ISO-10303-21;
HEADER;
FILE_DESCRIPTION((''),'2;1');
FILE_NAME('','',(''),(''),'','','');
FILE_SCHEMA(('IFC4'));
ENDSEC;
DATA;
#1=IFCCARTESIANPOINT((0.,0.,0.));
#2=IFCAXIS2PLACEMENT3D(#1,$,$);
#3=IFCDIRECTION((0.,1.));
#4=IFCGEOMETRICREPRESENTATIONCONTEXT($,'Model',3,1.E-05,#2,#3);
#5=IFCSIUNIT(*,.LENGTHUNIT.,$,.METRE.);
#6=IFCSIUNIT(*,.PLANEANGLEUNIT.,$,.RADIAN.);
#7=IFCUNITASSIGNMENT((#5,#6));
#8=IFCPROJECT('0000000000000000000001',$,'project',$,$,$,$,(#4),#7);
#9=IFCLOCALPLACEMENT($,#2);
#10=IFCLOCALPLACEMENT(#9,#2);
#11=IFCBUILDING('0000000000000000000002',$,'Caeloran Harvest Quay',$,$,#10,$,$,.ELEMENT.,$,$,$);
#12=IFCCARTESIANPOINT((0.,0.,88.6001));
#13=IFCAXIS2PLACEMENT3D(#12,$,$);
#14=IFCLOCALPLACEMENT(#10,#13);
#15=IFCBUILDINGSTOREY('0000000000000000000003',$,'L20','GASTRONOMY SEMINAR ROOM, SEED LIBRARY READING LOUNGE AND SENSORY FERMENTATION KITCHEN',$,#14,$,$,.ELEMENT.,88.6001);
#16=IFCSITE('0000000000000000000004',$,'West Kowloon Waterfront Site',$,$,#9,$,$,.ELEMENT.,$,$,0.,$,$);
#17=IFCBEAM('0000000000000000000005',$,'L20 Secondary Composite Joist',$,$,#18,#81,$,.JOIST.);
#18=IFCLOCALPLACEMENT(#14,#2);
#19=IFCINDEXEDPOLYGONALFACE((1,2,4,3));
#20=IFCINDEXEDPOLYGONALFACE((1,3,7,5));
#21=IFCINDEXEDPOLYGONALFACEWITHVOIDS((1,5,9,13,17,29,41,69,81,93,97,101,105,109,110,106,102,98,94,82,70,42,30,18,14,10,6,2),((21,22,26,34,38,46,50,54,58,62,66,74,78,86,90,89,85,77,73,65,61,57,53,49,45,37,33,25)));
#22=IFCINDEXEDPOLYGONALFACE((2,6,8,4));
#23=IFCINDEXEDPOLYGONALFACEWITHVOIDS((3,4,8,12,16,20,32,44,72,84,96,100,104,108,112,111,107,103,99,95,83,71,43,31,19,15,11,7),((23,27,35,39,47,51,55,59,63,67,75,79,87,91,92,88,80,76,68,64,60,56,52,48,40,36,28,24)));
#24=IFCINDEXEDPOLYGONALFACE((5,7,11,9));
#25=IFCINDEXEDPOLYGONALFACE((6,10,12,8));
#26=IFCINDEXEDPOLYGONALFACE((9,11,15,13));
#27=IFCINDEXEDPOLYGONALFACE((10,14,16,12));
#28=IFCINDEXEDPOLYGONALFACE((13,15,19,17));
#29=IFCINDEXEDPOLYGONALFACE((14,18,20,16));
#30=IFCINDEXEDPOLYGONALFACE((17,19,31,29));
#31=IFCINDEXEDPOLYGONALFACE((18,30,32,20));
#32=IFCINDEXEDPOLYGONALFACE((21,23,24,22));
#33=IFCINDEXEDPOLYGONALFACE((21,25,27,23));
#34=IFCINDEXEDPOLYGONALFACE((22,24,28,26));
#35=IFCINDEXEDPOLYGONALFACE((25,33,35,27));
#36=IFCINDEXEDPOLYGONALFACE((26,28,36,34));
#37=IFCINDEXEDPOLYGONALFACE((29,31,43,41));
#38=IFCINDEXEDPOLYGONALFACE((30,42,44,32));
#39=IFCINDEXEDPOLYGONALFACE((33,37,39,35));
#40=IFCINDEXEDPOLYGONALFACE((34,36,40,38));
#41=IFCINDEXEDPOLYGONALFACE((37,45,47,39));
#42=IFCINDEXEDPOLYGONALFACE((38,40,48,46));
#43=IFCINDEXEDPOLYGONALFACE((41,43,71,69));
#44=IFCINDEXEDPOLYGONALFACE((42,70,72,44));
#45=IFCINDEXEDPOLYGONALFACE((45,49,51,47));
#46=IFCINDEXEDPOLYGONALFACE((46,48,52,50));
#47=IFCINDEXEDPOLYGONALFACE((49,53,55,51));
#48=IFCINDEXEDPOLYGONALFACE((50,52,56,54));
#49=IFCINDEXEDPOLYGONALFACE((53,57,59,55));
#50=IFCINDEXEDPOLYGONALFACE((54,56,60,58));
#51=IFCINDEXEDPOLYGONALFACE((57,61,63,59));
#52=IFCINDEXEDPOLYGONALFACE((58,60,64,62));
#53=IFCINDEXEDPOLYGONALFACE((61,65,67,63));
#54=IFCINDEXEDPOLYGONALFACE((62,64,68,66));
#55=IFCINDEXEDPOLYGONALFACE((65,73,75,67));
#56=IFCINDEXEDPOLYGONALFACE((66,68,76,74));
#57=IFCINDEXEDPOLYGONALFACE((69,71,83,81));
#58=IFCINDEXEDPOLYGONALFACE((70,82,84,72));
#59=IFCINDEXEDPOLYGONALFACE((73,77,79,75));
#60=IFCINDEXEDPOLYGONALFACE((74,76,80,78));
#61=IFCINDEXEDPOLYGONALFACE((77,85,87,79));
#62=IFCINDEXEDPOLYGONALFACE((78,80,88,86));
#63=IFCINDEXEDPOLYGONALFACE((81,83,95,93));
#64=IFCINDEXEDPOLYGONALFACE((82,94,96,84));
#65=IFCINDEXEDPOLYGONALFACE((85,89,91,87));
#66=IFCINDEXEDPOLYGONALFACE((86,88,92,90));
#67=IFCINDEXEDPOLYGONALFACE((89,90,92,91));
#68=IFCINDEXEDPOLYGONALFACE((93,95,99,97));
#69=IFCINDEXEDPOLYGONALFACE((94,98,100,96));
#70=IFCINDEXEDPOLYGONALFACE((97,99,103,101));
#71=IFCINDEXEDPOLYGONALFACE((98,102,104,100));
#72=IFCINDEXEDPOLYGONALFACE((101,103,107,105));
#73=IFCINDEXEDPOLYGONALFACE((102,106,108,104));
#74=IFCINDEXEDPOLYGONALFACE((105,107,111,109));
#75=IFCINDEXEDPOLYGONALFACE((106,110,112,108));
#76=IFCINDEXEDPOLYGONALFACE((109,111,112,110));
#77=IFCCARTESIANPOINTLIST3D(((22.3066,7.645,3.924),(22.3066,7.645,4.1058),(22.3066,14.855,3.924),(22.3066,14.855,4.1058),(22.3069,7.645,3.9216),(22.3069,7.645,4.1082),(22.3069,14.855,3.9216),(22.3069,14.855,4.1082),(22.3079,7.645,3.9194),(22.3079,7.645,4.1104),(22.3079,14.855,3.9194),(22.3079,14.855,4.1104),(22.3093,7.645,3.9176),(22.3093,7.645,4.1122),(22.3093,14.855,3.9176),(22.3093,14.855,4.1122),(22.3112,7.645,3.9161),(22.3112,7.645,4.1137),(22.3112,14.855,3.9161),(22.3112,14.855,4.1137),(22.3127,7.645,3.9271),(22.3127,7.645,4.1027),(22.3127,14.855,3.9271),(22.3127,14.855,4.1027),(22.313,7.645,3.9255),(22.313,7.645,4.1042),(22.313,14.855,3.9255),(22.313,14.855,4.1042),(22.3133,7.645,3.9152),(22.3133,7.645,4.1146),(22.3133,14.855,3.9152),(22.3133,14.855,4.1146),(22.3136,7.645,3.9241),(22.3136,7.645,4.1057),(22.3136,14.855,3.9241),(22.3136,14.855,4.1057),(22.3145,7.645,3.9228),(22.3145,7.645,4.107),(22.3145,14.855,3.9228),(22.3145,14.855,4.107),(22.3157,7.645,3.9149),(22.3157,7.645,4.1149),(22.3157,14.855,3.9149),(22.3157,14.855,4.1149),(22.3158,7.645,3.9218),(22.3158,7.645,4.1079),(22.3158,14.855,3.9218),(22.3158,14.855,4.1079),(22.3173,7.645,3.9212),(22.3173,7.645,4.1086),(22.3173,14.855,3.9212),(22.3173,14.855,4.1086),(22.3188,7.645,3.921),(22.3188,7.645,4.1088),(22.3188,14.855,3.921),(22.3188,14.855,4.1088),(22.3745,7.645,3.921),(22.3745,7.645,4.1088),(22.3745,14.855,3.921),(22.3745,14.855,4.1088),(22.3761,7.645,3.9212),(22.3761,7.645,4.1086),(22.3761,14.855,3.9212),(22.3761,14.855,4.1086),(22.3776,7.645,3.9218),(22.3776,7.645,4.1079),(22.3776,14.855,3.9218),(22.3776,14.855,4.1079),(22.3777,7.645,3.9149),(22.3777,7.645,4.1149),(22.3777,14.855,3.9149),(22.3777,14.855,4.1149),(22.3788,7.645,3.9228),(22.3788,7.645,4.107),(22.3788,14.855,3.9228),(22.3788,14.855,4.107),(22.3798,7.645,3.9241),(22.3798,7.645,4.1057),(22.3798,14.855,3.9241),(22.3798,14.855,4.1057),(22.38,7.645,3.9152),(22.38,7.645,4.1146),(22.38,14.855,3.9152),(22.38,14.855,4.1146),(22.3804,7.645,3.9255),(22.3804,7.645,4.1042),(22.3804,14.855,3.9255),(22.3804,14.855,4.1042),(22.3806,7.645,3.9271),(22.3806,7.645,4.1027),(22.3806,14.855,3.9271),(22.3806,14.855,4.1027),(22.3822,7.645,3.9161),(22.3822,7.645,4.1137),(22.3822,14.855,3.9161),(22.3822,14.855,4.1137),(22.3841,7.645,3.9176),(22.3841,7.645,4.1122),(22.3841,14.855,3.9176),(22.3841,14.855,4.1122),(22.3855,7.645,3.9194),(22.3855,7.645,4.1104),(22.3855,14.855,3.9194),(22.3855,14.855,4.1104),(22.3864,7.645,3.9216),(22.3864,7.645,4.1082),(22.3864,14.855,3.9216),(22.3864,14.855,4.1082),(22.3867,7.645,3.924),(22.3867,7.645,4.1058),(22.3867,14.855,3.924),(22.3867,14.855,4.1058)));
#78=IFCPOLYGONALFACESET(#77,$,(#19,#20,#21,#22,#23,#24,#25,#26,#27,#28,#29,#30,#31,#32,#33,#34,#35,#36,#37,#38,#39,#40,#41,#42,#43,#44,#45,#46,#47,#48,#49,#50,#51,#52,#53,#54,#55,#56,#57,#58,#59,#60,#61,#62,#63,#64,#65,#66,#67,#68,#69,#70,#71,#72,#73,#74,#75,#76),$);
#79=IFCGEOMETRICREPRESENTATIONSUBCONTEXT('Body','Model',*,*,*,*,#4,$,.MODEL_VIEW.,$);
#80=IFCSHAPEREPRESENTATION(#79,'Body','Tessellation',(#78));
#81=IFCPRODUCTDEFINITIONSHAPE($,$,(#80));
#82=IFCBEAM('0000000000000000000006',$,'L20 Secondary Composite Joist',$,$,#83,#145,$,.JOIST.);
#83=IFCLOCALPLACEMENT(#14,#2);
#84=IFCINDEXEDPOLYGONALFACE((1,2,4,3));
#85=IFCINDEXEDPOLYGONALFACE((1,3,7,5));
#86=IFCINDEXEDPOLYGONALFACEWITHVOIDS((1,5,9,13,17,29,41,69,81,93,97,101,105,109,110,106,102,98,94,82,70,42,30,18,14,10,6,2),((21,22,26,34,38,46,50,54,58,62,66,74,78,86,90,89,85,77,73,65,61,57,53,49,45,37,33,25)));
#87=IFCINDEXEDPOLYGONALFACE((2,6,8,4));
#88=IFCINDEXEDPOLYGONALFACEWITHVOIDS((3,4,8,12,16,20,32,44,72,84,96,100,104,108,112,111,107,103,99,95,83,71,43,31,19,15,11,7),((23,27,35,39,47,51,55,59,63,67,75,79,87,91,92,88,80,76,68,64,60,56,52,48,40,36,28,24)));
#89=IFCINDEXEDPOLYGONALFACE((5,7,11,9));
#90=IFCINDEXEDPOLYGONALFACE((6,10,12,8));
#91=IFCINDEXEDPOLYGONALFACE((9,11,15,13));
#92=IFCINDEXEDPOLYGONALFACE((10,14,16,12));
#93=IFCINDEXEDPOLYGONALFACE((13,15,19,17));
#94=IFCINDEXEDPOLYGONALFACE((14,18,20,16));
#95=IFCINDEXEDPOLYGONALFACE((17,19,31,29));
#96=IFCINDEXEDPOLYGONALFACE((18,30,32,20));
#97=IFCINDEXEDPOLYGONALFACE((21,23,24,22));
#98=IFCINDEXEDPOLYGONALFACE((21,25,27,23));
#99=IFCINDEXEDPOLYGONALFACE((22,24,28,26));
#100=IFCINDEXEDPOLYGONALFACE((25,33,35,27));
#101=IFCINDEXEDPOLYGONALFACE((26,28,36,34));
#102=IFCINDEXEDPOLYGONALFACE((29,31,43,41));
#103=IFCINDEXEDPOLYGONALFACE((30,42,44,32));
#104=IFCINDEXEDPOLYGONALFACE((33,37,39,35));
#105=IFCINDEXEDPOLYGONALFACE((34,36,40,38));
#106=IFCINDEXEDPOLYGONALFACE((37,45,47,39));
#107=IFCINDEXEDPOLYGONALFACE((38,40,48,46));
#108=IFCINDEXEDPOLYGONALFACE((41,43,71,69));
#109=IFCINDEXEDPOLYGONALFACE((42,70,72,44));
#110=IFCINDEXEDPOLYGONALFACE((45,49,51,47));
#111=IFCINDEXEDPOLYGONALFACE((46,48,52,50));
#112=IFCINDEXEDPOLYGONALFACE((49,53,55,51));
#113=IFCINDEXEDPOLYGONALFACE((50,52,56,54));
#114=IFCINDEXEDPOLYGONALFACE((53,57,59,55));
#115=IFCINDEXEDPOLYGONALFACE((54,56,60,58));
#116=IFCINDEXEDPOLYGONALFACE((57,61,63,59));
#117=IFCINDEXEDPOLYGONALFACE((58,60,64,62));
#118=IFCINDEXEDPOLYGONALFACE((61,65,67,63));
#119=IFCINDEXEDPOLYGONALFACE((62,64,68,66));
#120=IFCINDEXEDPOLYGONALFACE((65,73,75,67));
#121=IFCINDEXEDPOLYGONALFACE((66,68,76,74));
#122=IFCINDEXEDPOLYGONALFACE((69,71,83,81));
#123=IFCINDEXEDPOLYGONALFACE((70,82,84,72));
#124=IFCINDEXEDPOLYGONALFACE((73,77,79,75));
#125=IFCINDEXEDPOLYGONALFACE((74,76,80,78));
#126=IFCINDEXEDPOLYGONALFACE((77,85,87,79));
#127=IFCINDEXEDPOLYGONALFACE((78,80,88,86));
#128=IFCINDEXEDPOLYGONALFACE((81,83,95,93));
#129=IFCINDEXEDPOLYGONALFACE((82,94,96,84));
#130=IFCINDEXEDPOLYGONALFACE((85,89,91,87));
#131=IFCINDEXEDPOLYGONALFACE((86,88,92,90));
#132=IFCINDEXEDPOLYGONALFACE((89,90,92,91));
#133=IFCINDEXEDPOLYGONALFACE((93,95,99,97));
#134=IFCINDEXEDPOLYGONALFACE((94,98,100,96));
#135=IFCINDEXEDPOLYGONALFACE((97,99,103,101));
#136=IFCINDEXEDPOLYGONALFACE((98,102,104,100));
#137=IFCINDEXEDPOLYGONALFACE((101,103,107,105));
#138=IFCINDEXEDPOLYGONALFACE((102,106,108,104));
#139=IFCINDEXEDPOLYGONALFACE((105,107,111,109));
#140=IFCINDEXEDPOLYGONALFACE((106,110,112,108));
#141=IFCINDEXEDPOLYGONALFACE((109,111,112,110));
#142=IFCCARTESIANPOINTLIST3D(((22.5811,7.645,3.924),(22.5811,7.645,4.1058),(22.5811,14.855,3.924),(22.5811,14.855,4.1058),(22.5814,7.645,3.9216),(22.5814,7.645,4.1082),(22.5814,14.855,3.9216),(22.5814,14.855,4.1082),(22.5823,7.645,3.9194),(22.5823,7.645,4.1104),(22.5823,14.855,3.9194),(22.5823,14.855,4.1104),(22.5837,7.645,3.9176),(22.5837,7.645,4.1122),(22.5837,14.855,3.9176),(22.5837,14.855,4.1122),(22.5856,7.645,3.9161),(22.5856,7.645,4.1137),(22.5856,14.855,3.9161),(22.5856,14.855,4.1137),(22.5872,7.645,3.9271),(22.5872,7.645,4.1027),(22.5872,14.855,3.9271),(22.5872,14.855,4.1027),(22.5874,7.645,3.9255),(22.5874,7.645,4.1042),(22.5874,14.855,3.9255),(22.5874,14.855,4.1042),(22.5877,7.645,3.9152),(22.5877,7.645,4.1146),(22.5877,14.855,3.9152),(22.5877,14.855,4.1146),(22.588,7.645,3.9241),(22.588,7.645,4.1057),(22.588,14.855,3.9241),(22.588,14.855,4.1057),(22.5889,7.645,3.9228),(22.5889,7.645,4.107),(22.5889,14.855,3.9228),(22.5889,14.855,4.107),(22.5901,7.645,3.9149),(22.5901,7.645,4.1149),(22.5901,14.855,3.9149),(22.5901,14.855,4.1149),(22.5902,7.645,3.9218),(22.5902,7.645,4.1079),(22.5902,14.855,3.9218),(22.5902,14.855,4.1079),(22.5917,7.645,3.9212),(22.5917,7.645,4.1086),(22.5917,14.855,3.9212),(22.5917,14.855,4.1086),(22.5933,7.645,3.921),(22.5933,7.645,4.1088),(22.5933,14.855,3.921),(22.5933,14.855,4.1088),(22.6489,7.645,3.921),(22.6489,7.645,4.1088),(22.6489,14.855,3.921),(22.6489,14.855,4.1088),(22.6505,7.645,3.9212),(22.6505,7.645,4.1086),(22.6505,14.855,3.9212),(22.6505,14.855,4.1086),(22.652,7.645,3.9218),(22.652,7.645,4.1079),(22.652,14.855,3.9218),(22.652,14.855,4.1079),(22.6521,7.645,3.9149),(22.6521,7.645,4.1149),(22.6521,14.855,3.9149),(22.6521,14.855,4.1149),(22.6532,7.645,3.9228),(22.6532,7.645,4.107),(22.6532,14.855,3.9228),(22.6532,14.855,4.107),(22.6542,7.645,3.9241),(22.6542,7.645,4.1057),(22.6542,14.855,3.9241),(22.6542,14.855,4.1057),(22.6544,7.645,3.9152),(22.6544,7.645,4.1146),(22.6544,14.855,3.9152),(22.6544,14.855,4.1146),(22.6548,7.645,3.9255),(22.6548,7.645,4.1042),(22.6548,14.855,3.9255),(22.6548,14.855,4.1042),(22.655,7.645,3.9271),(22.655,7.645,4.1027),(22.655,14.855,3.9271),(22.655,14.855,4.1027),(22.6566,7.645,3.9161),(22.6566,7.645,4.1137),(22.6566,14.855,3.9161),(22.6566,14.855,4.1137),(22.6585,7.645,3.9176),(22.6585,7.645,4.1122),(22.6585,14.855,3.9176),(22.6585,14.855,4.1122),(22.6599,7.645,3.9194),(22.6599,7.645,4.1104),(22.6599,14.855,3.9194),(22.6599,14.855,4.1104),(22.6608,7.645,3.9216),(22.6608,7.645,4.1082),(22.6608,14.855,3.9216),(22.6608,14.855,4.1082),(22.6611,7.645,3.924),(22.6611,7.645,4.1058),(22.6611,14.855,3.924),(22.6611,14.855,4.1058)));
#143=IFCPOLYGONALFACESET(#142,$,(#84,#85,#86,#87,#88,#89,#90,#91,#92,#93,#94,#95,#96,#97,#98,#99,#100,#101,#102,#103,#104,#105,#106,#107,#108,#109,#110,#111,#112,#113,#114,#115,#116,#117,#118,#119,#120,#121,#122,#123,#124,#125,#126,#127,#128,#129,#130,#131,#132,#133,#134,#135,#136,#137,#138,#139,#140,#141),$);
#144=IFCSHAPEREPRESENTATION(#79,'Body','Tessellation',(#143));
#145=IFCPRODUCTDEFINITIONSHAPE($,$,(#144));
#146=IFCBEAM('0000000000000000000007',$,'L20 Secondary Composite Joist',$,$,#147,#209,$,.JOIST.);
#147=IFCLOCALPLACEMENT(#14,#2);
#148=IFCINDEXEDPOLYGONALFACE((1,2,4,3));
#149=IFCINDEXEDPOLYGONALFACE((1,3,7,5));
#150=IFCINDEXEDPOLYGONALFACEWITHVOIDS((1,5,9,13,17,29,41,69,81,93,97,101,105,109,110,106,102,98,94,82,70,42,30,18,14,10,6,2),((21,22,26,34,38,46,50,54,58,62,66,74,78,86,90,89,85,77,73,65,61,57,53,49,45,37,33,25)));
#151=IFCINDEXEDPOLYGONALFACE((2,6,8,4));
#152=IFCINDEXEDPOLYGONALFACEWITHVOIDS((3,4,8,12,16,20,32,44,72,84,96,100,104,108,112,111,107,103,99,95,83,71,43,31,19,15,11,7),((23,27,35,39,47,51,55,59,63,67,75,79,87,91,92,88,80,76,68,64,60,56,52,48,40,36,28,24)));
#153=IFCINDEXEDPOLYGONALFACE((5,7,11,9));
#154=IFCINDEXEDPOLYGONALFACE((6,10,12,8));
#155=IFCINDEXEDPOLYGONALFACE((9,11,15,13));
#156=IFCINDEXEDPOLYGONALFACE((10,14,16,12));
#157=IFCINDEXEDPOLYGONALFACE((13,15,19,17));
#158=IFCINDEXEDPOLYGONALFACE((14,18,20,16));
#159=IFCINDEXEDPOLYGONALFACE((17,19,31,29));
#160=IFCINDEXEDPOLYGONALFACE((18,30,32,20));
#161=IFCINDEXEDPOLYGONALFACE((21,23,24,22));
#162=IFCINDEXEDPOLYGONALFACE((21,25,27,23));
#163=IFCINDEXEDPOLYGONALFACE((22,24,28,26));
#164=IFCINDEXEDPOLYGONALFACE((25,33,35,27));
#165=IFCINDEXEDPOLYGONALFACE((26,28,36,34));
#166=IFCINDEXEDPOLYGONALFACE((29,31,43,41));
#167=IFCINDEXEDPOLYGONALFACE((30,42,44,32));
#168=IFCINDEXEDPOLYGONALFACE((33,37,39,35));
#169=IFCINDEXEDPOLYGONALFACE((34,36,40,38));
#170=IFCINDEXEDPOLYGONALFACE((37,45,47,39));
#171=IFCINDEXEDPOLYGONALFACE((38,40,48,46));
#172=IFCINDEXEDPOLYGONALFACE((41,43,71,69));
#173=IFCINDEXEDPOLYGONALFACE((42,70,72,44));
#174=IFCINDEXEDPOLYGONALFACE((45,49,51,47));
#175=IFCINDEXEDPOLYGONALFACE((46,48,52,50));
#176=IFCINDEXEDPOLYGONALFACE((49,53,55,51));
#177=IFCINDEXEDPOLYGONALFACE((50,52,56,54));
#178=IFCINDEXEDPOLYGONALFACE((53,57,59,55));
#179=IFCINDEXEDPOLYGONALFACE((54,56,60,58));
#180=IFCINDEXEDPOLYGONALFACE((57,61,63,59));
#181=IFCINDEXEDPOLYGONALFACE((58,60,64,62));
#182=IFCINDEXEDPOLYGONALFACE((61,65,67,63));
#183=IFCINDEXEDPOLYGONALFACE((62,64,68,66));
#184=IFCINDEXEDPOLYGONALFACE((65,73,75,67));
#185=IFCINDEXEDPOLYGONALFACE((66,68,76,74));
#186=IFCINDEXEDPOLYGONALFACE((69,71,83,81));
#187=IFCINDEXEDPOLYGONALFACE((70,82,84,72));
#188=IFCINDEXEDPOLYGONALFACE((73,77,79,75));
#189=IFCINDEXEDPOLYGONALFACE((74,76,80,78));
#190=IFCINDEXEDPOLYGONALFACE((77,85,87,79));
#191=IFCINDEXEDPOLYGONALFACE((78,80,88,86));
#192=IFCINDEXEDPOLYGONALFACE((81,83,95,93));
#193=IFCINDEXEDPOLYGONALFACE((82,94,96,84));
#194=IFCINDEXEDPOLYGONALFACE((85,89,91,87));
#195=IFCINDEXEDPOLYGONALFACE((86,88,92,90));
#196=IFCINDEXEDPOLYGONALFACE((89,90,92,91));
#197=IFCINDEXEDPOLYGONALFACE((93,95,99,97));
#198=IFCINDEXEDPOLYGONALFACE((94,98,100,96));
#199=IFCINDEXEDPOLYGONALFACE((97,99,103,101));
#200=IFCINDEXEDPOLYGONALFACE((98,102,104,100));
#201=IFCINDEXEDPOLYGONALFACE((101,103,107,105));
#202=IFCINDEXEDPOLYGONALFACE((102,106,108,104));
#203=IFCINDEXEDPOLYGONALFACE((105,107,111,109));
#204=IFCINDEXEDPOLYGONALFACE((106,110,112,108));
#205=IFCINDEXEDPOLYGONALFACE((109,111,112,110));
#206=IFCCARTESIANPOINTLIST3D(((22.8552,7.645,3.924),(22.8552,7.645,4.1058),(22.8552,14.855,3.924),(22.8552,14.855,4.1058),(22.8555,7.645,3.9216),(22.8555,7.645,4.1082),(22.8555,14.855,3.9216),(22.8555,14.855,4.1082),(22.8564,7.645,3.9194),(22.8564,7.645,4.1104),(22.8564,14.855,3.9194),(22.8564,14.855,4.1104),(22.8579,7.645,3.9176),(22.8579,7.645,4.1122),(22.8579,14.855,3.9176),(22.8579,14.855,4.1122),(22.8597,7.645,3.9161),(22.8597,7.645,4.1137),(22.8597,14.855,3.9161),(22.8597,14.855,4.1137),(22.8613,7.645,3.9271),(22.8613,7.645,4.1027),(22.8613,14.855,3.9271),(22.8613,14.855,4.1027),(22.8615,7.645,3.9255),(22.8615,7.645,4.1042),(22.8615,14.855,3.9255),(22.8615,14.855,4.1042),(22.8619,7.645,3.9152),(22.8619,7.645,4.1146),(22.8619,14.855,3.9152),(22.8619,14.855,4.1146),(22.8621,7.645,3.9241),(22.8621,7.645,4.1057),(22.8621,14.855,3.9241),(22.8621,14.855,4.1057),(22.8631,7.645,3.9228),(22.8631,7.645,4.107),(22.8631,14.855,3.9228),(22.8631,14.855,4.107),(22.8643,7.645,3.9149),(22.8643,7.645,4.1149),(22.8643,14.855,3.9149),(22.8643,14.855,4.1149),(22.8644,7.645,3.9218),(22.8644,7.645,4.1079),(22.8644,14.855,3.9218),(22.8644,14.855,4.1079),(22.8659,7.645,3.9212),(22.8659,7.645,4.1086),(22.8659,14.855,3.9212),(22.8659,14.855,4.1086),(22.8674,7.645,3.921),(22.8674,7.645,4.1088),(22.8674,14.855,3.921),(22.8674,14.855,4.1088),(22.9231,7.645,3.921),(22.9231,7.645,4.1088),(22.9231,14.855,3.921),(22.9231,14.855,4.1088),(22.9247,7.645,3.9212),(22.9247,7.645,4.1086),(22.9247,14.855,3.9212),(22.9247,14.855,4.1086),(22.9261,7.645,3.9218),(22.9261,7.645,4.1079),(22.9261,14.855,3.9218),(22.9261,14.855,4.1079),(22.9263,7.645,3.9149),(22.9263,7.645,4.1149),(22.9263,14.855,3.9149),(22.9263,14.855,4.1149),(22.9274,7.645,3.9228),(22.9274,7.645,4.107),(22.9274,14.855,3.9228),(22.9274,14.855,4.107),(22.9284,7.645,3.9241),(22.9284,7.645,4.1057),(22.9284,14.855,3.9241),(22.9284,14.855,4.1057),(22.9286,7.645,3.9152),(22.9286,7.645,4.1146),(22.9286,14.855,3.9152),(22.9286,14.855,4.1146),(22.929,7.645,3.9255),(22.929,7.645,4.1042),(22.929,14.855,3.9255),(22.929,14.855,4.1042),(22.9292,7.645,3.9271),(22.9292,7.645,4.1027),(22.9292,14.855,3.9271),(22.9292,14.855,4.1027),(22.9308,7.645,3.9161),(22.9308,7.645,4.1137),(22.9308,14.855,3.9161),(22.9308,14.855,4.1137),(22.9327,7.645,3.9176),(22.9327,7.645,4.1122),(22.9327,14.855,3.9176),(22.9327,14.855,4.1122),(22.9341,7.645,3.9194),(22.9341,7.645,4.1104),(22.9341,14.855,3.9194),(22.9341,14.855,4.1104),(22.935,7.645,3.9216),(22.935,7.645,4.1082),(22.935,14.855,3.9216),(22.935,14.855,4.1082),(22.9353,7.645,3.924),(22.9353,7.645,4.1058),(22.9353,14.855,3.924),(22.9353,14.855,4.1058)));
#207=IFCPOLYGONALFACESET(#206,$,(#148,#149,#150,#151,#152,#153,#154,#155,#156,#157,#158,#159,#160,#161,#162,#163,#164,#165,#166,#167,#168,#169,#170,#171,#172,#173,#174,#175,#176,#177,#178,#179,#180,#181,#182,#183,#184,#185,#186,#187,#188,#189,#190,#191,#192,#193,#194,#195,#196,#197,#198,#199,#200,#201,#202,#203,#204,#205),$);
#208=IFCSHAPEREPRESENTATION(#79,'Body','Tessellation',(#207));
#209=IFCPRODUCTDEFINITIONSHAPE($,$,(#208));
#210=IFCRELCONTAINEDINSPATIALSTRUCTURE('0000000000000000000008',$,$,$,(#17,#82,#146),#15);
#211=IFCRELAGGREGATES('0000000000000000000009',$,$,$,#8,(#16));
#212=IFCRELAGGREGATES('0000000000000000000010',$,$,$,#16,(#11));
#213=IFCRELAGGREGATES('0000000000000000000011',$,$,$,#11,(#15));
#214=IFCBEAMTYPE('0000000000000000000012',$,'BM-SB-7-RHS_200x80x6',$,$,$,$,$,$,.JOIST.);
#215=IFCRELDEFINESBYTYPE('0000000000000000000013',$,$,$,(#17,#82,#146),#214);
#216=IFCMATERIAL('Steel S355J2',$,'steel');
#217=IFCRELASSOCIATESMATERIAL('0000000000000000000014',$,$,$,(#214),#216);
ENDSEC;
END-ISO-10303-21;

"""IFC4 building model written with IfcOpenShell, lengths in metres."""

from ifc_helpers import new_model, si_unit, direction, frame, origin, origin_2d, place, context, subcontext, project, spatial, hollow_rectangle, extrude, material, material_profile, profile_set, type_object, element, save


model = new_model("IFC4")

# Units and contexts
model_context = context("Model", 3, precision=1e-05, world=origin(), true_north=direction((0.0, 1.0)))
body_context = subcontext(model_context, "Body", "Model", "MODEL_VIEW")
ifc_project = project(units=[si_unit("LENGTHUNIT", "METRE"), si_unit("PLANEANGLEUNIT", "RADIAN")], contexts=[model_context])

# Site, building, storey
site_placement = place(None, origin())
site = spatial("IfcSite", under=ifc_project, at=site_placement, Name="West Kowloon Waterfront Site", CompositionType="ELEMENT", RefElevation=0.0)
building_placement = place(site_placement, origin())
building = spatial("IfcBuilding", under=site, at=building_placement, Name="Caeloran Harvest Quay", CompositionType="ELEMENT")
storey_placement = place(building_placement, frame((0.0, 0.0, 88.6001)))
storey = spatial("IfcBuildingStorey", under=building, at=storey_placement, Name="L20", Description="GASTRONOMY SEMINAR ROOM, SEED LIBRARY READING LOUNGE AND SENSORY FERMENTATION KITCHEN", CompositionType="ELEMENT", Elevation=88.6001)

# Beams
ifc_material_1 = material(Name="Steel S355J2", Category="steel")
ifc_material_profile_1 = material_profile(ifc_material_1, hollow_rectangle(XDim=0.0801, YDim=0.2, WallThickness=0.0061, InnerFilletRadius=0.0061, OuterFilletRadius=0.009, at=origin_2d()), Name="RHS 200x80x6")
ifc_profile_set_1 = profile_set([ifc_material_profile_1], Name="Steel S355J2")
beam_type_1 = type_object("IfcBeamType", Name="BM-SB-7-RHS_200x80x6", PredefinedType="JOIST", material=ifc_profile_set_1)
for number, where, z_axis, x_axis, name in (
    (1, (22.3467, 7.645, 4.0149), (0.0, 1.0, 0.0), (-1.0, 0.0, 0.0), "L20 Secondary Composite Joist"),
    (2, (22.6211, 7.645, 4.0149), (0.0, 1.0, 0.0), (-1.0, 0.0, 0.0), "L20 Secondary Composite Joist"),
    (3, (22.8953, 7.645, 4.0149), (0.0, 1.0, 0.0), (-1.0, 0.0, 0.0), "L20 Secondary Composite Joist"),
):
    element("IfcBeam", number, at=place(storey_placement, frame(where, z_axis=z_axis, x_axis=x_axis)), inside=storey, type_object=beam_type_1, Name=name, PredefinedType="JOIST", context=body_context, shape_type="SweptSolid", body=[
        extrude(hollow_rectangle(XDim=0.0801, YDim=0.2, WallThickness=0.0061, InnerFilletRadius=0.0061, OuterFilletRadius=0.009, at=origin_2d()), origin(), (0.0, 0.0, 1.0), 7.21),
    ])

save(model, "model.ifc")
